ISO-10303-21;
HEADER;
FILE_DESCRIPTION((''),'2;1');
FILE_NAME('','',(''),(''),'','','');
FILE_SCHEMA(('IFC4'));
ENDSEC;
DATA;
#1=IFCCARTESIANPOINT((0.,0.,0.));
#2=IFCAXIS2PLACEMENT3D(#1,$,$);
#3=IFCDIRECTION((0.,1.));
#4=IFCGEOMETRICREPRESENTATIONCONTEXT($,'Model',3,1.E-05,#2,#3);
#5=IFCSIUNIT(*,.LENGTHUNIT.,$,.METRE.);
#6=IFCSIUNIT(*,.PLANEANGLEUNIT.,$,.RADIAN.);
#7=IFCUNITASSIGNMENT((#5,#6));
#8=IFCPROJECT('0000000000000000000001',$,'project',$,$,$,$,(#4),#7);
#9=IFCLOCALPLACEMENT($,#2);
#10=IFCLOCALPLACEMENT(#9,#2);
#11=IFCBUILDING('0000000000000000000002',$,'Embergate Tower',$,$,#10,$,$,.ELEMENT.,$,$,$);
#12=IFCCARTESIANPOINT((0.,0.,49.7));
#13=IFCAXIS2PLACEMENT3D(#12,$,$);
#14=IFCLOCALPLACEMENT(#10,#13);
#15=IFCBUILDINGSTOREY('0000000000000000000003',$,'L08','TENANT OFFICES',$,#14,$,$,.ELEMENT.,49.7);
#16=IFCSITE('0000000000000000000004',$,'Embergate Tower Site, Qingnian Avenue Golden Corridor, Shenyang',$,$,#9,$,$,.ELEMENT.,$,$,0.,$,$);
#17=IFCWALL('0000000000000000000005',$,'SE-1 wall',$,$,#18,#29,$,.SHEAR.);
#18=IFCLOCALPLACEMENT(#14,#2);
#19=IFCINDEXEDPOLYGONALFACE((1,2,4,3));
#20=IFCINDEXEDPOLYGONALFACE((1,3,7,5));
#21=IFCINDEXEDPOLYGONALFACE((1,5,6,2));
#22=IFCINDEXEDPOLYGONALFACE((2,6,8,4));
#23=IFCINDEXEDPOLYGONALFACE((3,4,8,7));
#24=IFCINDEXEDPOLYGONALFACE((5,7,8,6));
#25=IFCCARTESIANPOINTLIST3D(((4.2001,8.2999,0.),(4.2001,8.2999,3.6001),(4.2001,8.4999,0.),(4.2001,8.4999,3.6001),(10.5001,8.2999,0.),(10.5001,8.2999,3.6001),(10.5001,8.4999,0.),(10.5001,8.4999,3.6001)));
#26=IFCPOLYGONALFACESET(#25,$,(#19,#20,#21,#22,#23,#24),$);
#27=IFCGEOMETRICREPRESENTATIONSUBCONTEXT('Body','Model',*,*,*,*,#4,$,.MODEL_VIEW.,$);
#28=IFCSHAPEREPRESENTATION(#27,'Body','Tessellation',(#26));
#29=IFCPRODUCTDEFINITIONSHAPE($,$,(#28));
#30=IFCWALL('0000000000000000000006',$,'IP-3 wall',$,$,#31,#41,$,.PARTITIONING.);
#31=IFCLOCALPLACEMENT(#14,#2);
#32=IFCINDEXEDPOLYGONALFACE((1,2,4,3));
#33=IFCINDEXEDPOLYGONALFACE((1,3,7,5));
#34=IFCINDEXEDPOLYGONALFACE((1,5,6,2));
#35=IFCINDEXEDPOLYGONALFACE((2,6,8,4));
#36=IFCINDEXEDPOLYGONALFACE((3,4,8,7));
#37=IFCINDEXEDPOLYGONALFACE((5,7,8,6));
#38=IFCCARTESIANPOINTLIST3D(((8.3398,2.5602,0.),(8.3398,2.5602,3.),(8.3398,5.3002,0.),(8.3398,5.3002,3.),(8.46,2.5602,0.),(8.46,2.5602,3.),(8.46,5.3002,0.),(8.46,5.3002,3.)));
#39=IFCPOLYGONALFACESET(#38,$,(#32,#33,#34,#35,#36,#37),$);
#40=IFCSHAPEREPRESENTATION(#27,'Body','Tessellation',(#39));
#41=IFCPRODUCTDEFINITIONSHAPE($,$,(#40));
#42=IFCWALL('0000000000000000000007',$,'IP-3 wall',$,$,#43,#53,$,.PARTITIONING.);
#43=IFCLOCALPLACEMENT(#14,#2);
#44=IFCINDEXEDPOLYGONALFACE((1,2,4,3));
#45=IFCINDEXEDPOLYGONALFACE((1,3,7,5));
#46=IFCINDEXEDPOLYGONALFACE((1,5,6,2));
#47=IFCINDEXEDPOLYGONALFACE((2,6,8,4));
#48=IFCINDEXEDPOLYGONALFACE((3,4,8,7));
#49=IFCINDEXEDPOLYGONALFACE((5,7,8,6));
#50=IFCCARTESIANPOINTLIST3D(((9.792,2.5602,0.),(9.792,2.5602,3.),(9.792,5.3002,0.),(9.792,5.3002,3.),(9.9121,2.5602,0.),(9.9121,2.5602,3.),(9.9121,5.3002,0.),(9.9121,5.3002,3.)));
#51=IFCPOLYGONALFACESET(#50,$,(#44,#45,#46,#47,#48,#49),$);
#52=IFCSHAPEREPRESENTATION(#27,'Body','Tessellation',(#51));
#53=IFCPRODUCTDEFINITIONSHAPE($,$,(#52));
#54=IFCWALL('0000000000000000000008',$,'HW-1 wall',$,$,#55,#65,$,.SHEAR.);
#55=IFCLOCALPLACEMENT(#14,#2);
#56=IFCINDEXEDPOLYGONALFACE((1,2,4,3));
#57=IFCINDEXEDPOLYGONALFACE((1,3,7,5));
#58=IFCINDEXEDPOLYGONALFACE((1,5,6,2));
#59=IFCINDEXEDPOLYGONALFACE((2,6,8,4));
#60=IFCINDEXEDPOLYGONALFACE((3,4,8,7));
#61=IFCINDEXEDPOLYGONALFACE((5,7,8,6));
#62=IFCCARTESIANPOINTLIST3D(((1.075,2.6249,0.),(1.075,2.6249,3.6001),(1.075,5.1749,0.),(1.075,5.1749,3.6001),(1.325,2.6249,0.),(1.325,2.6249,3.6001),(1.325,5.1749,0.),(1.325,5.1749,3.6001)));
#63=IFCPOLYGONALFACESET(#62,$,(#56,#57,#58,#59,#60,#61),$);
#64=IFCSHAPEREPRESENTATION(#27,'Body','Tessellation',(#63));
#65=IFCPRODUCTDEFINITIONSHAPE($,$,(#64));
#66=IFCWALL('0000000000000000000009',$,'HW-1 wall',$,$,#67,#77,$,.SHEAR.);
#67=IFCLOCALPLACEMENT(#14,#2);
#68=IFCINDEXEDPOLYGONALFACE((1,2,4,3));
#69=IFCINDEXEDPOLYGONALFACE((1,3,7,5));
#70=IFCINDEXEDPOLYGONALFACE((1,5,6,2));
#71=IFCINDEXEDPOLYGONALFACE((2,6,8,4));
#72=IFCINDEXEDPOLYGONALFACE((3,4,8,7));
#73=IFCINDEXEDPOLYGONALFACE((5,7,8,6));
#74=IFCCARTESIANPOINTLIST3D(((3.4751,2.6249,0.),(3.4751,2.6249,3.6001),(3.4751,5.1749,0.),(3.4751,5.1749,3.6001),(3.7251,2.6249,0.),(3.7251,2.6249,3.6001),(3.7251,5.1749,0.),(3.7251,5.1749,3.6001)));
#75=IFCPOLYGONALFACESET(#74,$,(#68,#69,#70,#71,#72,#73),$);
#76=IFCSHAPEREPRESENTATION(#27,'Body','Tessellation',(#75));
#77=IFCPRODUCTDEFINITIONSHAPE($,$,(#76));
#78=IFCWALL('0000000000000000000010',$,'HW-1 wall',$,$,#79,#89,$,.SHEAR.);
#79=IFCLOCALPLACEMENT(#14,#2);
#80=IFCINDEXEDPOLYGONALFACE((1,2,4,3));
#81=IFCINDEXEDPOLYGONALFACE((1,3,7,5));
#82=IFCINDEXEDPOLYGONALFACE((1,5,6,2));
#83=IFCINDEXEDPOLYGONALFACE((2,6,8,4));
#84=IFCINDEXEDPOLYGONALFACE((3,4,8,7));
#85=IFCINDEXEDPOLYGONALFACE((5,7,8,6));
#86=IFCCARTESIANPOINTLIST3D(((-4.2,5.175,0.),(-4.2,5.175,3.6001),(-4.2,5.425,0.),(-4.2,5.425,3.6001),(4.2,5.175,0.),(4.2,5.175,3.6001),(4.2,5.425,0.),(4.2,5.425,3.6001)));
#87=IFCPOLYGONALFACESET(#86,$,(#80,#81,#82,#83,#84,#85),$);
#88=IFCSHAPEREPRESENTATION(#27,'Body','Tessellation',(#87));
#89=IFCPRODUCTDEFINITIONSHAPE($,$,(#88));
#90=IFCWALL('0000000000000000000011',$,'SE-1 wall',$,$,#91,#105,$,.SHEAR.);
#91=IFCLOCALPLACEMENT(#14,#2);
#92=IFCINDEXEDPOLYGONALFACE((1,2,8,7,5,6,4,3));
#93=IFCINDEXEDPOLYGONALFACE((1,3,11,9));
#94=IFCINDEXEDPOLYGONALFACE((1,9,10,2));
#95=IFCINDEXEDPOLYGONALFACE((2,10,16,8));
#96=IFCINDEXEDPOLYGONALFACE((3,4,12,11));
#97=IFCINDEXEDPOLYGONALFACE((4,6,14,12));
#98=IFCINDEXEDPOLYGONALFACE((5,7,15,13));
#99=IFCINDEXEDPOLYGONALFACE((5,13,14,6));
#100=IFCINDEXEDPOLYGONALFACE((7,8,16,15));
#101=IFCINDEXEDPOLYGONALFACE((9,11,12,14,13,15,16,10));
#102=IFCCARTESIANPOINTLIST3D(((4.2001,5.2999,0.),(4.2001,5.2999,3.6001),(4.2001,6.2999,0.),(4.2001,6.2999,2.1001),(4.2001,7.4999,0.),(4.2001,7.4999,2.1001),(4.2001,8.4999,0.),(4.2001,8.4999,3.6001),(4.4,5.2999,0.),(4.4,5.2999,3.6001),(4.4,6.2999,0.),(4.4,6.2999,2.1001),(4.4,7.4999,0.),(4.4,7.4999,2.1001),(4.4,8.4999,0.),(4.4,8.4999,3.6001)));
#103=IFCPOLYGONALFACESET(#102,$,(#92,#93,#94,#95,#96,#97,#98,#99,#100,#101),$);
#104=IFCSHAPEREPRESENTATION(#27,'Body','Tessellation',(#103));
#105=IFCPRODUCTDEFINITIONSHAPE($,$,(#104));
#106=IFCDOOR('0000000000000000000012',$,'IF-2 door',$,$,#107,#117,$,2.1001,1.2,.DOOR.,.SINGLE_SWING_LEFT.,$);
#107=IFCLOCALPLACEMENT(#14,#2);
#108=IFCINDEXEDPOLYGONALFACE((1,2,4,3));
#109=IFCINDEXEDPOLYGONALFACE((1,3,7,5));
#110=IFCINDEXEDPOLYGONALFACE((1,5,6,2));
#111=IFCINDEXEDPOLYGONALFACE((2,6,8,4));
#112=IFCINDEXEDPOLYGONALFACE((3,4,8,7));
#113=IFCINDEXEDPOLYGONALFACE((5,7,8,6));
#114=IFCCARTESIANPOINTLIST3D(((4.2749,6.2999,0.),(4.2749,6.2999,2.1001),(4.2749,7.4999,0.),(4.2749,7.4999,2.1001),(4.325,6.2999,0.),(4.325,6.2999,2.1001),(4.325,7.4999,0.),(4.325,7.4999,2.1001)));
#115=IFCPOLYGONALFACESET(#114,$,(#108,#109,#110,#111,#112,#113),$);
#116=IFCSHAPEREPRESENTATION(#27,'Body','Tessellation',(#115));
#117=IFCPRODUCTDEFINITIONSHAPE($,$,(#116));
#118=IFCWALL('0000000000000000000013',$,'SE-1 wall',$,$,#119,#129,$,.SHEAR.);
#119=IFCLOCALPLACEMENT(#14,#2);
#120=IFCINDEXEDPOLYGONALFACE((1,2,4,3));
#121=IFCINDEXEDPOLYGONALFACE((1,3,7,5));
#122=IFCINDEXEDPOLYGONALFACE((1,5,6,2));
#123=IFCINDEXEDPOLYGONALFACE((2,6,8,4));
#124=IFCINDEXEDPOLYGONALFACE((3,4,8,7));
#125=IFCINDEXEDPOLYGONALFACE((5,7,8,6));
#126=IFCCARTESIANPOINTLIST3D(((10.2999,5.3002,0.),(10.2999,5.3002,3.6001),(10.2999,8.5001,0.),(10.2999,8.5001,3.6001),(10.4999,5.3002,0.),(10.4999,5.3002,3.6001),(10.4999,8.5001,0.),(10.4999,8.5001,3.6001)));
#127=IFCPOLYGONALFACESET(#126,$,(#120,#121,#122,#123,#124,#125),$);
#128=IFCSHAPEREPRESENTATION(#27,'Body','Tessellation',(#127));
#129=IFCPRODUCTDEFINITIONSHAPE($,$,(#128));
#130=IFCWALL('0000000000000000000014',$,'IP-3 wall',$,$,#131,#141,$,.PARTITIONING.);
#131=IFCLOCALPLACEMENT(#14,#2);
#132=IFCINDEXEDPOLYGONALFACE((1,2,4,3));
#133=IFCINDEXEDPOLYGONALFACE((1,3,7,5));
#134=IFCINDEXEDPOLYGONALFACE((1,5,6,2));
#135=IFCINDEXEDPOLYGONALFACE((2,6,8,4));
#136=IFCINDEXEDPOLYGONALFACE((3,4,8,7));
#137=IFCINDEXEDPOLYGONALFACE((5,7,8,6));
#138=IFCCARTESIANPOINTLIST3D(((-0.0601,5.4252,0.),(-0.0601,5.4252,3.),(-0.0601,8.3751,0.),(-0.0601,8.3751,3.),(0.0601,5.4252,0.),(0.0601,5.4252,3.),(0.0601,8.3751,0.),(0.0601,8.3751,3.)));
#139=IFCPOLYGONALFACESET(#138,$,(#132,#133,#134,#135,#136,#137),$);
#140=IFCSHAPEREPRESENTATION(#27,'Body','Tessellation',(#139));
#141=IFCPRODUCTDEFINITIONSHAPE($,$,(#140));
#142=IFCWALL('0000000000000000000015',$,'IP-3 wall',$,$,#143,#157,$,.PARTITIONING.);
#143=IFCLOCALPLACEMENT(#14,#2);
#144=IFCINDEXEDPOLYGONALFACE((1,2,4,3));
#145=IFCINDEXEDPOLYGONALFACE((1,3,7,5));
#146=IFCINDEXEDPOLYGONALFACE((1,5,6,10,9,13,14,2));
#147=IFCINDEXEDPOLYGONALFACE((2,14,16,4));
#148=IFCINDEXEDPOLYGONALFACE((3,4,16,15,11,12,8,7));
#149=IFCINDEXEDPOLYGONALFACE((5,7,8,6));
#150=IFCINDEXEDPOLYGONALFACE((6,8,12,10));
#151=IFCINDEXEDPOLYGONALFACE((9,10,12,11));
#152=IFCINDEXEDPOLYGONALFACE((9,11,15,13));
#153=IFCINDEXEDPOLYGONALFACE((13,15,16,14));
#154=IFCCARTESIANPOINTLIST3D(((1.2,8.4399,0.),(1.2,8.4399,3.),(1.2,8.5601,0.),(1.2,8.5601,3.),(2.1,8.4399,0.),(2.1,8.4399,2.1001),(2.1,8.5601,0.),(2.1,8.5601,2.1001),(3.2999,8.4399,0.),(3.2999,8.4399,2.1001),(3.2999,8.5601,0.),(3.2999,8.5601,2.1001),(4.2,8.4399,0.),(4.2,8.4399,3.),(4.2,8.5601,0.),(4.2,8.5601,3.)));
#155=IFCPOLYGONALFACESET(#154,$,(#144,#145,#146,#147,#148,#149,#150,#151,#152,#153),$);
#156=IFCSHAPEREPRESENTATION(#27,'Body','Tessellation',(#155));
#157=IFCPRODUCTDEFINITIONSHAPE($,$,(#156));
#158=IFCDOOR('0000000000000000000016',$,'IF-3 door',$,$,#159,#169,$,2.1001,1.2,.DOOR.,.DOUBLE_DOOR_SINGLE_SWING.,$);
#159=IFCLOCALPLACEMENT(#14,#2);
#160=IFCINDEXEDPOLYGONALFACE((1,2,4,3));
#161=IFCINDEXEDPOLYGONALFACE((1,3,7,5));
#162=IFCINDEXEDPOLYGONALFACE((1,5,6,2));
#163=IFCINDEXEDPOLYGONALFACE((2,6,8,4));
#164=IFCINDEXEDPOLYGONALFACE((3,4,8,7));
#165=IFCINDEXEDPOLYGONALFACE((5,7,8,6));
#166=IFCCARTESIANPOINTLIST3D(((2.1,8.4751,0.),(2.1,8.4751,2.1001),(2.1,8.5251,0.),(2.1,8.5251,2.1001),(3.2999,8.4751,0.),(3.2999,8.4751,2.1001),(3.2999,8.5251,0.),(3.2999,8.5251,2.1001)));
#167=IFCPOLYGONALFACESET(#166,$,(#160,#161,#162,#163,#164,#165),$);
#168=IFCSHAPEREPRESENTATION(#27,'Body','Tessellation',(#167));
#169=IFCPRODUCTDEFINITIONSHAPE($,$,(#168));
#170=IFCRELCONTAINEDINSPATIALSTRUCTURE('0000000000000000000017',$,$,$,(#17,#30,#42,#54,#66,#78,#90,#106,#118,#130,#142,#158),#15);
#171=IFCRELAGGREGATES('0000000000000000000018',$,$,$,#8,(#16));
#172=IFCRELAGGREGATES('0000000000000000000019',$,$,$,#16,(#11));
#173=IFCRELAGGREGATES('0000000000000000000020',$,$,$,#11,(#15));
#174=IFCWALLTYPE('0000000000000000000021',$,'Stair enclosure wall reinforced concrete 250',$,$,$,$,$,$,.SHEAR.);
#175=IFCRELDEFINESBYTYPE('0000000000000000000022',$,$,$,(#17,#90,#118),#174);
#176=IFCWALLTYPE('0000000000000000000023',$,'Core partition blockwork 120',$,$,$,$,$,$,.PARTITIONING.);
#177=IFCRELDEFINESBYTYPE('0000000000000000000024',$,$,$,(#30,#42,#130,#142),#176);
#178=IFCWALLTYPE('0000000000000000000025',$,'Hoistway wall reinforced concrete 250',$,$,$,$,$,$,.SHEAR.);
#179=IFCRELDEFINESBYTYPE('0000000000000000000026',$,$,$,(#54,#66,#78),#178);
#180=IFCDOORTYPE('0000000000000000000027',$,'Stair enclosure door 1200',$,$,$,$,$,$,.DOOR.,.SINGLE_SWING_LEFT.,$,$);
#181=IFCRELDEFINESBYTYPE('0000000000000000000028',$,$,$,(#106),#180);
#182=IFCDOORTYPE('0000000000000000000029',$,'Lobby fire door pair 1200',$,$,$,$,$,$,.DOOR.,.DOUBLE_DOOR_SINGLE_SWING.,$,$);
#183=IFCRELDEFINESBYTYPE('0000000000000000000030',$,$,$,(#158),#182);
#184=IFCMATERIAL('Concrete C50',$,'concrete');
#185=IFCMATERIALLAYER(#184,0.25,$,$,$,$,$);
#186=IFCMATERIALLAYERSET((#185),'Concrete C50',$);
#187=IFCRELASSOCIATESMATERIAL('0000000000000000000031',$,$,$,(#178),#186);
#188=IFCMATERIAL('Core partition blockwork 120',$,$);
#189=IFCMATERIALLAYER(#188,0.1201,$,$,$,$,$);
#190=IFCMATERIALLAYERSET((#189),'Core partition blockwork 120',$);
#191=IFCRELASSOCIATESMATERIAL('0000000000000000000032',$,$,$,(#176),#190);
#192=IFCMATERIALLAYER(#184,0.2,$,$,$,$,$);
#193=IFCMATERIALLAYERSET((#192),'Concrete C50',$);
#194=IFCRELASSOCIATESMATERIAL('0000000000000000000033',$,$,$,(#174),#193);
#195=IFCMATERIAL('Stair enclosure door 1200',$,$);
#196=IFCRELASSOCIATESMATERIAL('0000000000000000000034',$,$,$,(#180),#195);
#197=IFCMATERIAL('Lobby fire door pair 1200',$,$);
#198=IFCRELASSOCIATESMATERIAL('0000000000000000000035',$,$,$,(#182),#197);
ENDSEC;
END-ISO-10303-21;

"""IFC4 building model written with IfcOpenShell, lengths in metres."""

from ifc_helpers import new_model, si_unit, direction, frame, frame_2d, origin, place, context, subcontext, project, spatial, rectangle, extrude, source, transform, mapped, material, layer, layer_set, type_object, element, fill, save


model = new_model("IFC4")

# Units and contexts
model_context = context("Model", 3, precision=1e-05, world=origin(), true_north=direction((0.0, 1.0)))
body_context = subcontext(model_context, "Body", "Model", "MODEL_VIEW")
ifc_project = project(units=[si_unit("LENGTHUNIT", "METRE"), si_unit("PLANEANGLEUNIT", "RADIAN")], contexts=[model_context])

# Site, building, storey
site_placement = place(None, origin())
site = spatial("IfcSite", under=ifc_project, at=site_placement, Name="Embergate Tower Site, Qingnian Avenue Golden Corridor, Shenyang", CompositionType="ELEMENT", RefElevation=0.0)
building_placement = place(site_placement, origin())
building = spatial("IfcBuilding", under=site, at=building_placement, Name="Embergate Tower", CompositionType="ELEMENT")
storey_placement = place(building_placement, frame((0.0, 0.0, 49.7)))
storey = spatial("IfcBuildingStorey", under=building, at=storey_placement, Name="L08", Description="TENANT OFFICES", CompositionType="ELEMENT", Elevation=49.7)

# Shared definitions
ifc_material_1 = material(Name="Concrete C50", Category="concrete")
ifc_layer_1 = layer(ifc_material_1, 0.25)
ifc_layer_set_1 = layer_set([ifc_layer_1], Name="Concrete C50")
wall_type_1 = type_object("IfcWallType", Name="Hoistway wall reinforced concrete 250", PredefinedType="SHEAR", material=ifc_layer_set_1)

# Shared definitions
ifc_material_2 = material(Name="Core partition blockwork 120")
ifc_layer_2 = layer(ifc_material_2, 0.1201)
ifc_layer_set_2 = layer_set([ifc_layer_2], Name="Core partition blockwork 120")
wall_type_2 = type_object("IfcWallType", Name="Core partition blockwork 120", PredefinedType="PARTITIONING", material=ifc_layer_set_2)

# Walls
ifc_layer_3 = layer(ifc_material_1, 0.2)
ifc_layer_set_3 = layer_set([ifc_layer_3], Name="Concrete C50")
wall_type_3 = type_object("IfcWallType", Name="Stair enclosure wall reinforced concrete 250", PredefinedType="SHEAR", material=ifc_layer_set_3)
shared_shape_1 = source(origin(), body_context, "Body", "SweptSolid", [
    extrude(rectangle(XDim=6.3, YDim=0.2, at=frame_2d((3.1499, 0.0))), origin(), (0.0, 0.0, 1.0), 3.6001),
])
for number, where, z_axis, x_axis, name in (
    (1, (10.5, 8.3999, 0.0), (0.0, 0.0, 1.0), (-1.0, 0.0, 0.0), "SE-1 wall"),
):
    element("IfcWall", number, at=place(storey_placement, frame(where, z_axis=z_axis, x_axis=x_axis)), inside=storey, type_object=wall_type_3, Name=name, PredefinedType="SHEAR", context=body_context, shape_type="MappedRepresentation", body=[
        mapped(shared_shape_1, transform((0.0, 0.0, 0.0))),
    ])
shared_shape_2 = source(origin(), body_context, "Body", "SweptSolid", [
    extrude(rectangle(XDim=2.74, YDim=0.1201, at=frame_2d((1.3701, 0.0))), origin(), (0.0, 0.0, 1.0), 3.0),
])
for number, where, z_axis, x_axis, name in (
    (2, (8.3999, 2.5601, 0.0), (0.0, 0.0, 1.0), (0.0, 1.0, 0.0), "IP-3 wall"),
    (3, (9.8521, 2.5601, 0.0), (0.0, 0.0, 1.0), (0.0, 1.0, 0.0), "IP-3 wall"),
):
    element("IfcWall", number, at=place(storey_placement, frame(where, z_axis=z_axis, x_axis=x_axis)), inside=storey, type_object=wall_type_2, Name=name, PredefinedType="PARTITIONING", context=body_context, shape_type="MappedRepresentation", body=[
        mapped(shared_shape_2, transform((0.0, 0.0, 0.0))),
    ])
shared_shape_3 = source(origin(), body_context, "Body", "SweptSolid", [
    extrude(rectangle(XDim=2.55, YDim=0.25, at=frame_2d((1.2749, 0.0))), origin(), (0.0, 0.0, 1.0), 3.6001),
])
for number, where, z_axis, x_axis, name in (
    (4, (1.2, 2.625, 0.0), (0.0, 0.0, 1.0), (0.0, 1.0, 0.0), "HW-1 wall"),
    (5, (3.6001, 2.625, 0.0), (0.0, 0.0, 1.0), (0.0, 1.0, 0.0), "HW-1 wall"),
):
    element("IfcWall", number, at=place(storey_placement, frame(where, z_axis=z_axis, x_axis=x_axis)), inside=storey, type_object=wall_type_1, Name=name, PredefinedType="SHEAR", context=body_context, shape_type="MappedRepresentation", body=[
        mapped(shared_shape_3, transform((0.0, 0.0, 0.0))),
    ])
shared_shape_4 = source(origin(), body_context, "Body", "SweptSolid", [
    extrude(rectangle(XDim=8.3999, YDim=0.25, at=frame_2d((4.2, 0.0))), origin(), (0.0, 0.0, 1.0), 3.6001),
])
wall_1_placement = place(storey_placement, frame((4.2, 5.3, 0.0), z_axis=(0.0, 0.0, 1.0), x_axis=(-1.0, 0.0, 0.0)))
element("IfcWall", 6, at=wall_1_placement, inside=storey, type_object=wall_type_1, Name="HW-1 wall", PredefinedType="SHEAR", context=body_context, shape_type="MappedRepresentation", body=[
    mapped(shared_shape_4, transform((0.0, 0.0, 0.0))),
])

# Wall, opening, door
shared_shape_5 = source(origin(), body_context, "Body", "SweptSolid", [
    extrude(rectangle(XDim=3.2, YDim=0.2, at=frame_2d((1.6001, 0.0))), origin(), (0.0, 0.0, 1.0), 3.6001),
])
wall_2_placement = place(storey_placement, frame((4.3, 8.5, 0.0), z_axis=(0.0, 0.0, 1.0), x_axis=(0.0, -1.0, 0.0)))
wall_2 = element("IfcWall", 7, at=wall_2_placement, inside=storey, type_object=wall_type_3, Name="SE-1 wall", PredefinedType="SHEAR", context=body_context, shape_type="MappedRepresentation", body=[
    mapped(shared_shape_5, transform((0.0, 0.0, 0.0))),
])
shared_shape_6 = source(origin(), body_context, "Body", "SweptSolid", [
    extrude(rectangle(XDim=1.2, YDim=2.1001, at=frame_2d((0.6001, 1.05))), frame((0.0, 0.1099, 0.0), z_axis=(0.0, -1.0, 0.0), x_axis=(1.0, 0.0, 0.0)), (0.0, 0.0, 1.0), 0.22),
])
opening_1_placement = place(wall_2_placement, frame((1.0, 0.0, 0.0)))
opening_1 = element("IfcOpeningElement", 8, at=opening_1_placement, cuts=wall_2, PredefinedType="OPENING", context=body_context, shape_type="MappedRepresentation", body=[
    mapped(shared_shape_6, transform((0.0, 0.0, 0.0))),
])
ifc_material_3 = material(Name="Stair enclosure door 1200")
door_type_1 = type_object("IfcDoorType", Name="Stair enclosure door 1200", OperationType="SINGLE_SWING_LEFT", PredefinedType="DOOR", material=ifc_material_3)
shared_shape_7 = source(origin(), body_context, "Body", "SweptSolid", [
    extrude(rectangle(XDim=1.2, YDim=2.1001, at=frame_2d((0.6001, 1.05))), frame((0.0, 0.0249, 0.0), z_axis=(0.0, -1.0, 0.0), x_axis=(1.0, 0.0, 0.0)), (0.0, 0.0, 1.0), 0.05),
])
door_1_placement = place(opening_1_placement, origin())
door_1 = element("IfcDoor", 9, at=door_1_placement, inside=storey, type_object=door_type_1, Name="IF-2 door", OperationType="SINGLE_SWING_LEFT", OverallHeight=2.1001, OverallWidth=1.2, PredefinedType="DOOR", context=body_context, shape_type="MappedRepresentation", body=[
    mapped(shared_shape_7, transform((0.0, 0.0, 0.0))),
])
fill(opening_1, door_1)

# Walls
wall_3_placement = place(storey_placement, frame((10.3999, 5.3, 0.0), z_axis=(0.0, 0.0, 1.0), x_axis=(0.0, 1.0, 0.0)))
element("IfcWall", 10, at=wall_3_placement, inside=storey, type_object=wall_type_3, Name="SE-1 wall", PredefinedType="SHEAR", context=body_context, shape_type="MappedRepresentation", body=[
    mapped(shared_shape_5, transform((0.0, 0.0, 0.0))),
])
shared_shape_8 = source(origin(), body_context, "Body", "SweptSolid", [
    extrude(rectangle(XDim=2.95, YDim=0.1201, at=frame_2d((1.4751, 0.0))), origin(), (0.0, 0.0, 1.0), 3.0),
])
wall_4_placement = place(storey_placement, frame((0.0, 5.425, 0.0), z_axis=(0.0, 0.0, 1.0), x_axis=(0.0, 1.0, 0.0)))
element("IfcWall", 11, at=wall_4_placement, inside=storey, type_object=wall_type_2, Name="IP-3 wall", PredefinedType="PARTITIONING", context=body_context, shape_type="MappedRepresentation", body=[
    mapped(shared_shape_8, transform((0.0, 0.0, 0.0))),
])

# Wall, opening, door
shared_shape_9 = source(origin(), body_context, "Body", "SweptSolid", [
    extrude(rectangle(XDim=3.0, YDim=0.1201, at=frame_2d((1.5, 0.0))), origin(), (0.0, 0.0, 1.0), 3.0),
])
wall_5_placement = place(storey_placement, frame((4.2, 8.5, 0.0), z_axis=(0.0, 0.0, 1.0), x_axis=(-1.0, 0.0, 0.0)))
wall_5 = element("IfcWall", 12, at=wall_5_placement, inside=storey, type_object=wall_type_2, Name="IP-3 wall", PredefinedType="PARTITIONING", context=body_context, shape_type="MappedRepresentation", body=[
    mapped(shared_shape_9, transform((0.0, 0.0, 0.0))),
])
shared_shape_10 = source(origin(), body_context, "Body", "SweptSolid", [
    extrude(rectangle(XDim=1.2, YDim=2.1001, at=frame_2d((0.6001, 1.05))), frame((0.0, 0.0701, 0.0), z_axis=(0.0, -1.0, 0.0), x_axis=(1.0, 0.0, 0.0)), (0.0, 0.0, 1.0), 0.1401),
])
opening_2_placement = place(wall_5_placement, frame((0.8999, 0.0, 0.0)))
opening_2 = element("IfcOpeningElement", 13, at=opening_2_placement, cuts=wall_5, PredefinedType="OPENING", context=body_context, shape_type="MappedRepresentation", body=[
    mapped(shared_shape_10, transform((0.0, 0.0, 0.0))),
])
ifc_material_4 = material(Name="Lobby fire door pair 1200")
door_type_2 = type_object("IfcDoorType", Name="Lobby fire door pair 1200", OperationType="DOUBLE_DOOR_SINGLE_SWING", PredefinedType="DOOR", material=ifc_material_4)
door_2_placement = place(opening_2_placement, origin())
door_2 = element("IfcDoor", 14, at=door_2_placement, inside=storey, type_object=door_type_2, Name="IF-3 door", OperationType="DOUBLE_DOOR_SINGLE_SWING", OverallHeight=2.1001, OverallWidth=1.2, PredefinedType="DOOR", context=body_context, shape_type="MappedRepresentation", body=[
    mapped(shared_shape_7, transform((0.0, 0.0, 0.0))),
])
fill(opening_2, door_2)

save(model, "model.ifc")
